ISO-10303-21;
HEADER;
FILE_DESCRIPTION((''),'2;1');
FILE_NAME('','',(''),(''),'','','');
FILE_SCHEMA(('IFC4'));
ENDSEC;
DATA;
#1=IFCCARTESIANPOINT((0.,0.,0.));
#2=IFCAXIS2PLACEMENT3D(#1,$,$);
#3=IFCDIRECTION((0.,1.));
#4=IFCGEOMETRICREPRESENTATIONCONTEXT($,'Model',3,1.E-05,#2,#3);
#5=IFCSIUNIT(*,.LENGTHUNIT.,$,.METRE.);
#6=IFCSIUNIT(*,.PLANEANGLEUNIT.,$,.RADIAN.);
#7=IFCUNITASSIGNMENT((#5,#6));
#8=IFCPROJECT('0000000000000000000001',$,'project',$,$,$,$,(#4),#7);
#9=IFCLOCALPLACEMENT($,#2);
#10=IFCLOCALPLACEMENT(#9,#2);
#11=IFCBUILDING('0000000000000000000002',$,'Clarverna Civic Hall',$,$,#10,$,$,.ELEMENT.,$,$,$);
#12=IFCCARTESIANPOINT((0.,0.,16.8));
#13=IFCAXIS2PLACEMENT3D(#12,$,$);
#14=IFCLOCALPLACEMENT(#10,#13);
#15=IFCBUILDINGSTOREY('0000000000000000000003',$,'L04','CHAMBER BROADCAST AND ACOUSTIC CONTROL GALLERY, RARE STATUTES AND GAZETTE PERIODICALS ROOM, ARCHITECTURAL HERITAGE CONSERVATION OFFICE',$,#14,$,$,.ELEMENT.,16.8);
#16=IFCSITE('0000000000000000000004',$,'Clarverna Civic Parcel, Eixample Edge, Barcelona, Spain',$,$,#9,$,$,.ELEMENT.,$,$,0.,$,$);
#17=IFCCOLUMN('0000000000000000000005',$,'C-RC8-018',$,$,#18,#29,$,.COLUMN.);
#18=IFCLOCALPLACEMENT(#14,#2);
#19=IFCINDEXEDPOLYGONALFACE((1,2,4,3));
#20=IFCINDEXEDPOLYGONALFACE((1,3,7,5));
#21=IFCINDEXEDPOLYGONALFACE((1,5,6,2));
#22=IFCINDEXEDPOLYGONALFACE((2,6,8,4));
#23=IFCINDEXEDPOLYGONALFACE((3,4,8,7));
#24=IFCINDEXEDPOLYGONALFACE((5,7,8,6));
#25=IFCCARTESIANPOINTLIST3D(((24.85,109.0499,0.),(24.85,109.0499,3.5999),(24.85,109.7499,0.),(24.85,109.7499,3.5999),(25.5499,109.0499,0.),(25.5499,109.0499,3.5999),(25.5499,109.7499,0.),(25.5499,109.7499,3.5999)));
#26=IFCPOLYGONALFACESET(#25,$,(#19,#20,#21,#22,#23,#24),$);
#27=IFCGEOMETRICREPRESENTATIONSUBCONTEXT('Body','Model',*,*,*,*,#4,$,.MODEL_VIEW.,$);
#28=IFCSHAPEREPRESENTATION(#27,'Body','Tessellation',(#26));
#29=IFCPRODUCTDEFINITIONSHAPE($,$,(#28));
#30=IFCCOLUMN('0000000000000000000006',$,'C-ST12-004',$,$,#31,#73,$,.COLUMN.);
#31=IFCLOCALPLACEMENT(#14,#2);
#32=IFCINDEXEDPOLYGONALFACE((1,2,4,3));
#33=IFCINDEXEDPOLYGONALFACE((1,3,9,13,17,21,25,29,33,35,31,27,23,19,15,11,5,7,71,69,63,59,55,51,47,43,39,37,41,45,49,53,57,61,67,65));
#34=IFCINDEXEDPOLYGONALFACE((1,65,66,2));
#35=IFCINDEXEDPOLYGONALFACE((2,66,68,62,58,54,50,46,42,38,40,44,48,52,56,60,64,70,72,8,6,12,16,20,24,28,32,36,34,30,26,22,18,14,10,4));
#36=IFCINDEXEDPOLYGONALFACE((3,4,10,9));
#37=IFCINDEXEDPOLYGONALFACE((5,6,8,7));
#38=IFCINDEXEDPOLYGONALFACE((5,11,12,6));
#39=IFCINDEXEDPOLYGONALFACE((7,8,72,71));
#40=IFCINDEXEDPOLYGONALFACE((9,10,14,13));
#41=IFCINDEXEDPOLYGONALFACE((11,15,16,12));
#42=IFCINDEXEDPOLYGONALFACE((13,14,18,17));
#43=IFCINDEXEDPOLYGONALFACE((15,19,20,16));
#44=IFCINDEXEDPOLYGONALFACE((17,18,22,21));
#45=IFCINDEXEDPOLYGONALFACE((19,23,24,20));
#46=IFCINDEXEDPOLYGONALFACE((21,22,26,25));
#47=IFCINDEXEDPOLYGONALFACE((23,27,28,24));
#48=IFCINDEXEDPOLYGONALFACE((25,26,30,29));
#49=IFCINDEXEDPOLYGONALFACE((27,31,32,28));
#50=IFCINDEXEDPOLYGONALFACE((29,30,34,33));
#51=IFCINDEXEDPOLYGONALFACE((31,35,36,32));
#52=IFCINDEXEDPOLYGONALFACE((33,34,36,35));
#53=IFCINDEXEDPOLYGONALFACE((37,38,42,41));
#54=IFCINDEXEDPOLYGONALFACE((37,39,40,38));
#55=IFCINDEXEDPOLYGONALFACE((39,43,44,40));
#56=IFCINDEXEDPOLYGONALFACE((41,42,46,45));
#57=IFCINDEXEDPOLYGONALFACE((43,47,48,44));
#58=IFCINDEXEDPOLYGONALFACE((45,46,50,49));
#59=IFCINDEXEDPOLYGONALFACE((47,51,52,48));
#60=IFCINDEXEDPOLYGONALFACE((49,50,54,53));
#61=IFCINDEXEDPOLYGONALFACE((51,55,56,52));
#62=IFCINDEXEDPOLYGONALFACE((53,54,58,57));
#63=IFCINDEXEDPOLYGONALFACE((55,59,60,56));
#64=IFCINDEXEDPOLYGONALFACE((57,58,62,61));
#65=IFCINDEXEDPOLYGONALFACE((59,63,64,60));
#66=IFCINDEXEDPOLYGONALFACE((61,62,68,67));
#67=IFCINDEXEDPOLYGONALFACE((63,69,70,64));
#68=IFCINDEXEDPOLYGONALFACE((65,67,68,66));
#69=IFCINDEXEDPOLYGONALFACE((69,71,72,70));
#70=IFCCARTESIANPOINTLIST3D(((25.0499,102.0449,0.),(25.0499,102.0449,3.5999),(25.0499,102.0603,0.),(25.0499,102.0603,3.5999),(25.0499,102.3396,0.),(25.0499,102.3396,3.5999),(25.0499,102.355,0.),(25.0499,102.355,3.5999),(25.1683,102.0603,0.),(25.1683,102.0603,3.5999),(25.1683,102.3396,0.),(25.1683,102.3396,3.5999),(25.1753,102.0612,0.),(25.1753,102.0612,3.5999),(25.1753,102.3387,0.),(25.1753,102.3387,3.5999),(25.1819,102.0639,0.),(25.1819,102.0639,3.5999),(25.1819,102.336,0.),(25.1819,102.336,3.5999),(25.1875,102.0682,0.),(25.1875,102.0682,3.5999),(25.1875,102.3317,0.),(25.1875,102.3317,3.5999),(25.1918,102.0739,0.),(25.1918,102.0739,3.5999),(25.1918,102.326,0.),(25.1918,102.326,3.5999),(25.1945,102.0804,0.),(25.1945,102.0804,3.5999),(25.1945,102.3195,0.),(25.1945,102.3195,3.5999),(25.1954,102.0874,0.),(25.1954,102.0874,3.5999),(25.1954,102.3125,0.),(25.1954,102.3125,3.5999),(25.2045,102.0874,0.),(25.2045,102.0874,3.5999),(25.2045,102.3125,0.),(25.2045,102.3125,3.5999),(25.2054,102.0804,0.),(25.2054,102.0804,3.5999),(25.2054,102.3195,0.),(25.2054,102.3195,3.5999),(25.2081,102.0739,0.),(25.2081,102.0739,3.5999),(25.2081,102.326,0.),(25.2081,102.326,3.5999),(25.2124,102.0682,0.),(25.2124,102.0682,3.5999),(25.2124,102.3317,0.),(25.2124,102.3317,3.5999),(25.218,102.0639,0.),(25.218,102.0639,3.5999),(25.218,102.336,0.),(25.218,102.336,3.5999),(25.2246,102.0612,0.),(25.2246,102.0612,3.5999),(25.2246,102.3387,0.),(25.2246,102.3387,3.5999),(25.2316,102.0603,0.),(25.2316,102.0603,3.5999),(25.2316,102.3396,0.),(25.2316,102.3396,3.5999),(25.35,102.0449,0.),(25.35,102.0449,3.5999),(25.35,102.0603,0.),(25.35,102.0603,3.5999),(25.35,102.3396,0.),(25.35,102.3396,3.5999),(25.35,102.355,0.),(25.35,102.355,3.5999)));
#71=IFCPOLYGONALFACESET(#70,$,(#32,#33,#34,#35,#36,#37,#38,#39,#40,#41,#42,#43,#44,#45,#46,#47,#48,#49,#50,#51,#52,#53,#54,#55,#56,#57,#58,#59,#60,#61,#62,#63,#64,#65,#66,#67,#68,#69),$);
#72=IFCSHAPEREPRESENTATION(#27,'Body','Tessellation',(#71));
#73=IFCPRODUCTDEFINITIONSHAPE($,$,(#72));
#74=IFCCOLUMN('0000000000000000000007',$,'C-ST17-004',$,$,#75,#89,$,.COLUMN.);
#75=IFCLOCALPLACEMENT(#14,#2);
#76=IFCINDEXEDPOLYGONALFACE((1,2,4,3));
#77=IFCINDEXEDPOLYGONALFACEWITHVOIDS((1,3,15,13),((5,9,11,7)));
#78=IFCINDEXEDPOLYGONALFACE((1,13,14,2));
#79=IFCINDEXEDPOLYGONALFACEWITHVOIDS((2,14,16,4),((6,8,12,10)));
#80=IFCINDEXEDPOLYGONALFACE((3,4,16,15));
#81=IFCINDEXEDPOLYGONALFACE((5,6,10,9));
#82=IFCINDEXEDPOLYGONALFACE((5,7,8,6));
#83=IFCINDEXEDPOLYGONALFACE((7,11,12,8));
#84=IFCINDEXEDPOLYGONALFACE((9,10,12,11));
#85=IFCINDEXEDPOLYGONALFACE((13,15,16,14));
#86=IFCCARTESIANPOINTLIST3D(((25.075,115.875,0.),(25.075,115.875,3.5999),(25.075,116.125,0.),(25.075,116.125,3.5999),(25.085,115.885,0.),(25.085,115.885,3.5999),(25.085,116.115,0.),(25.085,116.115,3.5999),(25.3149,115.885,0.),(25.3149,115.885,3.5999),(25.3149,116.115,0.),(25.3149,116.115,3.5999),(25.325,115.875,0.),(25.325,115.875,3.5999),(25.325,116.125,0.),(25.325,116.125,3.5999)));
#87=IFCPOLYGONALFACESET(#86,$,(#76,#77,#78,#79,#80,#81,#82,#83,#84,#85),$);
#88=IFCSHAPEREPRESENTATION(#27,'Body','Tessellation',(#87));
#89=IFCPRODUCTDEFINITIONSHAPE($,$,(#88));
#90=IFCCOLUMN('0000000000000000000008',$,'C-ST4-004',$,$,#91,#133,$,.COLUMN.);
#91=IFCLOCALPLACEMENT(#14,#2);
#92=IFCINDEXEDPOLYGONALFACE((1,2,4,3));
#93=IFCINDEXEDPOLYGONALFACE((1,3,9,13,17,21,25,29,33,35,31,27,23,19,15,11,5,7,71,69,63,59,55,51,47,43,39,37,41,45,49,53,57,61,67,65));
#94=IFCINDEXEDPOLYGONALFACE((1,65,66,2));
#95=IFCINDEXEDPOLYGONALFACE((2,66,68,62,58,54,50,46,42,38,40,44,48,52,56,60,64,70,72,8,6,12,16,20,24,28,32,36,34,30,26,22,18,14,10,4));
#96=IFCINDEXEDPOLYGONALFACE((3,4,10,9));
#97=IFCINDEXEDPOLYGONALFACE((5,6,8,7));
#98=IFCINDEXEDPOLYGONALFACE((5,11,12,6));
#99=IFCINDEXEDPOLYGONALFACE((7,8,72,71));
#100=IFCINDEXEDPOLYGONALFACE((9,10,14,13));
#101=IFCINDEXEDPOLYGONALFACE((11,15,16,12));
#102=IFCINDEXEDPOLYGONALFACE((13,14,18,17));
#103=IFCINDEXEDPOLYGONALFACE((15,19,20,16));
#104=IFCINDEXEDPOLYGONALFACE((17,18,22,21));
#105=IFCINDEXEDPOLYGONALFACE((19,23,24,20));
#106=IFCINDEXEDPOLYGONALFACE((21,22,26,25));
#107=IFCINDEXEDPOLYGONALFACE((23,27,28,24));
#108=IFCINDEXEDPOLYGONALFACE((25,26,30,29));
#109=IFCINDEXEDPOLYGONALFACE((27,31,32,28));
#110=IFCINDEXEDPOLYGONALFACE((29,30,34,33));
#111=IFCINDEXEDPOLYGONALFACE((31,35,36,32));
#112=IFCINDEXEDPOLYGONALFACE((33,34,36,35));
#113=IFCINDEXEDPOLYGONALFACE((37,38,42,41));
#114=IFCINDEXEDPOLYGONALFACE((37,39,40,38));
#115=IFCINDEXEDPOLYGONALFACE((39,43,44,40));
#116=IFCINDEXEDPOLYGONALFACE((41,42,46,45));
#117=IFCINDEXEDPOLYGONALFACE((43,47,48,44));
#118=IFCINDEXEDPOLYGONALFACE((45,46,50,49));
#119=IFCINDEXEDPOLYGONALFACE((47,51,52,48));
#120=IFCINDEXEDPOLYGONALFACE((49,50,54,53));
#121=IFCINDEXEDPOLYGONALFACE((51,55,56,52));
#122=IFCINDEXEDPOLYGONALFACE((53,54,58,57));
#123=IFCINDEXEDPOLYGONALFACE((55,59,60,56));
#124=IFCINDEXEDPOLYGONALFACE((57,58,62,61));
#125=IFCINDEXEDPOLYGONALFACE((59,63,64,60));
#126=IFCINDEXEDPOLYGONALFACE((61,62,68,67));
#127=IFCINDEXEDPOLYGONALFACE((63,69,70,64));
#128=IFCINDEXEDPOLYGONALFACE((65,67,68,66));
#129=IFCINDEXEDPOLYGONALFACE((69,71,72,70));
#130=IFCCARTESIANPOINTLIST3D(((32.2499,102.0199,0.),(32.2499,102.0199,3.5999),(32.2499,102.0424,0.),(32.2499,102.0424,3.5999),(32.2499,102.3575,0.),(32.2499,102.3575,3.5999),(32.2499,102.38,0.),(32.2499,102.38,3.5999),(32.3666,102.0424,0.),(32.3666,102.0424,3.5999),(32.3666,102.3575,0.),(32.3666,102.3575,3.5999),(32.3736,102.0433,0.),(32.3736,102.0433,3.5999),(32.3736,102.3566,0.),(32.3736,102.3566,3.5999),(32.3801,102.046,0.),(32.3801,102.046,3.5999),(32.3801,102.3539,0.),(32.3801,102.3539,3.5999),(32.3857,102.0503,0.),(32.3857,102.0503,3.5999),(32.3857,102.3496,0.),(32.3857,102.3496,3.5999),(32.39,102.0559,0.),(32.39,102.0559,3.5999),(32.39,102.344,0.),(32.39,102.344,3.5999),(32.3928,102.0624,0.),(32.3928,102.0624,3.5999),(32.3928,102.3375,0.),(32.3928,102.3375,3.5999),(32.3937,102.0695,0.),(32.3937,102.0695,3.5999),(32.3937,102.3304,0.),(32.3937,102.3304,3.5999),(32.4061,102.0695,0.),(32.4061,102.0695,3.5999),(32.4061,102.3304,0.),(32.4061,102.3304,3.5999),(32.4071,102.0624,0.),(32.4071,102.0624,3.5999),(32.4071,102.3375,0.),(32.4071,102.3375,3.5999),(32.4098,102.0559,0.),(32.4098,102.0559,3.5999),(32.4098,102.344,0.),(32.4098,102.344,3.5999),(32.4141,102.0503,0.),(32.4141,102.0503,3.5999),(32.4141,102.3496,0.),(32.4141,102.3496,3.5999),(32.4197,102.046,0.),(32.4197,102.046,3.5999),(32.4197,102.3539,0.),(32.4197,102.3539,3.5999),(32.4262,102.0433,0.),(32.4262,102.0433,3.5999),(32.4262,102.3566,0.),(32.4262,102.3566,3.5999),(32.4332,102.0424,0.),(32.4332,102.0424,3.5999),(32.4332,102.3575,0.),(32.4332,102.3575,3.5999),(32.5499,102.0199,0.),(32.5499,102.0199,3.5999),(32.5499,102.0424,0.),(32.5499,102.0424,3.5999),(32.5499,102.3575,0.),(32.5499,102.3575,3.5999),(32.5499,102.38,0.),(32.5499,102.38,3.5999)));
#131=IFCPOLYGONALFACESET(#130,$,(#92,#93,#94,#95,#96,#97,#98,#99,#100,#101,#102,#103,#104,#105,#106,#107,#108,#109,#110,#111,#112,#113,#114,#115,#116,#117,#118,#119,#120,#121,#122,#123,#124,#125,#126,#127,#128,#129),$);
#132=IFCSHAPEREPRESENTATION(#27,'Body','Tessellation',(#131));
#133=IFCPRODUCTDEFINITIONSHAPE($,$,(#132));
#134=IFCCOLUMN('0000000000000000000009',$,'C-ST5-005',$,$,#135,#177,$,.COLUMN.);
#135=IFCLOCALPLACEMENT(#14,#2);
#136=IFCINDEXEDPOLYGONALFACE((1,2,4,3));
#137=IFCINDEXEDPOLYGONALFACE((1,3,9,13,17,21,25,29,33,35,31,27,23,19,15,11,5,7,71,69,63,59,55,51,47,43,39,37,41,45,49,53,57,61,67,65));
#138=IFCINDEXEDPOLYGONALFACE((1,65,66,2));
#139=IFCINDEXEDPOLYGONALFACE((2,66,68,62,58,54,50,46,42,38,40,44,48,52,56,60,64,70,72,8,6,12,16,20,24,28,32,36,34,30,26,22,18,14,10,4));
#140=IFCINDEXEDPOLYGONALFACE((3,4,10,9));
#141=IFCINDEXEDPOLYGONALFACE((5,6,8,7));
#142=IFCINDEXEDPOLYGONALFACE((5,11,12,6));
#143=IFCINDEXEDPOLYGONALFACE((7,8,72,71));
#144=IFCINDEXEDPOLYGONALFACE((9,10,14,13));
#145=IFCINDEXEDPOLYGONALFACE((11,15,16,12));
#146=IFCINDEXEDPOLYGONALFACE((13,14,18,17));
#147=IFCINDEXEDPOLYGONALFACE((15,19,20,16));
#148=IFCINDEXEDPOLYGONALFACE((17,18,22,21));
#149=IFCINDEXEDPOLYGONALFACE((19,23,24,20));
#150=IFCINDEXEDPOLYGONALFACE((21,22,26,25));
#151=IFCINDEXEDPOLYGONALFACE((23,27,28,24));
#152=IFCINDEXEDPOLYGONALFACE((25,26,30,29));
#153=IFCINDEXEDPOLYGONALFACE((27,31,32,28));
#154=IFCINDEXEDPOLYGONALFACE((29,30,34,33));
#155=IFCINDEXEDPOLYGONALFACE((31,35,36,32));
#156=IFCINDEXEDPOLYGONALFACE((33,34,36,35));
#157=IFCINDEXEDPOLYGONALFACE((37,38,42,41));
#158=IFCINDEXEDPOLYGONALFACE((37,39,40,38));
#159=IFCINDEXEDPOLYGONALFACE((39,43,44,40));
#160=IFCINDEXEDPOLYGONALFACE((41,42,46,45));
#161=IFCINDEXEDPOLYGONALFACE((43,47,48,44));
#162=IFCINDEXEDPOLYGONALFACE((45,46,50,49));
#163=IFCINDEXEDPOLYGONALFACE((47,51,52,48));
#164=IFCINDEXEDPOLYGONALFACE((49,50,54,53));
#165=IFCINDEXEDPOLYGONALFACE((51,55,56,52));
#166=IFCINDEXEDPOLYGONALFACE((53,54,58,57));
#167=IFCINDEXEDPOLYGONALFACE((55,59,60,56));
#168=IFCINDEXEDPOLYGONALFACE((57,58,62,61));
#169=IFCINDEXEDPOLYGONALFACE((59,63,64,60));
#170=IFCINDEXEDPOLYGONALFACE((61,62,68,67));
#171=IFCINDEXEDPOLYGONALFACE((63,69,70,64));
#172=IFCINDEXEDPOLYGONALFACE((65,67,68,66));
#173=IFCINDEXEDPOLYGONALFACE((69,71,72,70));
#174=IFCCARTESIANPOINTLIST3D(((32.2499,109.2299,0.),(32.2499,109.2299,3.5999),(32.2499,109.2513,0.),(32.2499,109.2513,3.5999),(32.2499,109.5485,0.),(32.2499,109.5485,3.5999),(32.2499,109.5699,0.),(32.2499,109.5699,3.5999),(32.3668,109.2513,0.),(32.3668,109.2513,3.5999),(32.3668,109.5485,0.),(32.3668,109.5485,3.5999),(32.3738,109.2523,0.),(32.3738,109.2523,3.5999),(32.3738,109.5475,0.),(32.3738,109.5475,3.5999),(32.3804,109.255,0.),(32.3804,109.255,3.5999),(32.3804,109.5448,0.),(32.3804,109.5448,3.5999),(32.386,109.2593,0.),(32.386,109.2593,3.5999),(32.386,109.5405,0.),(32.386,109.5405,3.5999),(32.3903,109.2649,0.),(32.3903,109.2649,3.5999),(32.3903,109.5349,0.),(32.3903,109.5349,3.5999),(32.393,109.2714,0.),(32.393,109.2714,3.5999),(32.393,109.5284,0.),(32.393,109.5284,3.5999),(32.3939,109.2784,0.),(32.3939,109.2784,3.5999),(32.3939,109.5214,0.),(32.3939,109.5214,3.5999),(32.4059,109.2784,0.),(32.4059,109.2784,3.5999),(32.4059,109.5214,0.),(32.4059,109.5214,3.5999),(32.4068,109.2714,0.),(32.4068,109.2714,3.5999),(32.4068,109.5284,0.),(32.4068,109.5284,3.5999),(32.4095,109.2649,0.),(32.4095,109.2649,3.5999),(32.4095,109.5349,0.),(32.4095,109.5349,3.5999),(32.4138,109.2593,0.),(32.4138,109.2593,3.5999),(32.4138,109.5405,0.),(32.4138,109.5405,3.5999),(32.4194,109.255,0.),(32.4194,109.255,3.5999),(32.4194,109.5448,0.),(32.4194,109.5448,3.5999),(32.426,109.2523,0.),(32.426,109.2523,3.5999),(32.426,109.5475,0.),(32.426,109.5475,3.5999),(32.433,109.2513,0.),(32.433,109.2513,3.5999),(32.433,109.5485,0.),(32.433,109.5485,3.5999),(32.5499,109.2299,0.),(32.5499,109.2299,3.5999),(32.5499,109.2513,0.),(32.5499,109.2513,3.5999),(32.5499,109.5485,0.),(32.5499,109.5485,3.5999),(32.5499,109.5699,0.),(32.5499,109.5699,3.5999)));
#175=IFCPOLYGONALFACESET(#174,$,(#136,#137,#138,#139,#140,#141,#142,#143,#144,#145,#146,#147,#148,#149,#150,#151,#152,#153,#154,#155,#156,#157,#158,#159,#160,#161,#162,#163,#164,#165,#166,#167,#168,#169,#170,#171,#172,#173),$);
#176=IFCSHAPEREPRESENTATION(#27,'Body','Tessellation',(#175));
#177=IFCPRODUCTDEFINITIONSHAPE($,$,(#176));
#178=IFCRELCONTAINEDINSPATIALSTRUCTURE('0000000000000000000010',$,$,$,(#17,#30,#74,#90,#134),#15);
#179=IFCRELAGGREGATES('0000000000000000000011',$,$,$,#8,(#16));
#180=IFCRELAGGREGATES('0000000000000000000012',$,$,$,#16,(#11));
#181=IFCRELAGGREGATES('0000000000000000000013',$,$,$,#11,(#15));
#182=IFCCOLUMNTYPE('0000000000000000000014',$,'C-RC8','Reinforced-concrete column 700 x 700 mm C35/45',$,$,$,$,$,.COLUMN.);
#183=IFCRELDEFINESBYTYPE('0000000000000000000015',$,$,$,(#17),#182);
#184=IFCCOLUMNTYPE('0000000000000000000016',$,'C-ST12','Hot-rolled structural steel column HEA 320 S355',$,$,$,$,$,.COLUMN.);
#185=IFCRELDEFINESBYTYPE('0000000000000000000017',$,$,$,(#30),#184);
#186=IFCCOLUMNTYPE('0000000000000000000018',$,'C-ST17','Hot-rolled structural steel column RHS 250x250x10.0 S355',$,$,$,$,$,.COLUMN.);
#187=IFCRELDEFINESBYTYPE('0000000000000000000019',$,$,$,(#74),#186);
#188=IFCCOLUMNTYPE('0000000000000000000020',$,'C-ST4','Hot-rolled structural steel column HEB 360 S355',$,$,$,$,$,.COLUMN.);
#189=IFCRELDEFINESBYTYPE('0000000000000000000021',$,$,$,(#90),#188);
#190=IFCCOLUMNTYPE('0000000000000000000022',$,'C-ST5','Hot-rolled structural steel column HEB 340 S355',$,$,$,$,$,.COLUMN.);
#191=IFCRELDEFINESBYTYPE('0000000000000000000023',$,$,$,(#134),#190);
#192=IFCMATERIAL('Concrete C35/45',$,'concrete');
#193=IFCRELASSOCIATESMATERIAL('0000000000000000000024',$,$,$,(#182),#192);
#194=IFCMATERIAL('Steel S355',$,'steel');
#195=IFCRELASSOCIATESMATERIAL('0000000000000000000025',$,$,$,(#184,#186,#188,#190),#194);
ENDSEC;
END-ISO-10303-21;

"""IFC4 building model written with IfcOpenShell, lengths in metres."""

from ifc_helpers import new_model, si_unit, direction, frame, origin, origin_2d, place, context, subcontext, project, spatial, rectangle, hollow_rectangle, i_section, extrude, material, material_profile, profile_set, type_object, element, save


model = new_model("IFC4")

# Units and contexts
model_context = context("Model", 3, precision=1e-05, world=origin(), true_north=direction((0.0, 1.0)))
body_context = subcontext(model_context, "Body", "Model", "MODEL_VIEW")
ifc_project = project(units=[si_unit("LENGTHUNIT", "METRE"), si_unit("PLANEANGLEUNIT", "RADIAN")], contexts=[model_context])

# Site, building, storey
site_placement = place(None, origin())
site = spatial("IfcSite", under=ifc_project, at=site_placement, Name="Clarverna Civic Parcel, Eixample Edge, Barcelona, Spain", CompositionType="ELEMENT", RefElevation=0.0)
building_placement = place(site_placement, origin())
building = spatial("IfcBuilding", under=site, at=building_placement, Name="Clarverna Civic Hall", CompositionType="ELEMENT")
storey_placement = place(building_placement, frame((0.0, 0.0, 16.8)))
storey = spatial("IfcBuildingStorey", under=building, at=storey_placement, Name="L04", Description="CHAMBER BROADCAST AND ACOUSTIC CONTROL GALLERY, RARE STATUTES AND GAZETTE PERIODICALS ROOM, ARCHITECTURAL HERITAGE CONSERVATION OFFICE", CompositionType="ELEMENT", Elevation=16.8)

# Columns
ifc_material_1 = material(Name="Concrete C35/45", Category="concrete")
ifc_material_profile_1 = material_profile(ifc_material_1, rectangle(XDim=0.7, YDim=0.7, at=origin_2d()), Name="RC 700x700")
ifc_profile_set_1 = profile_set([ifc_material_profile_1], Name="Concrete C35/45")
column_type_1 = type_object("IfcColumnType", Name="C-RC8", Description="Reinforced-concrete column 700 x 700 mm C35/45", PredefinedType="COLUMN", material=ifc_profile_set_1)
column_1_placement = place(storey_placement, frame((25.2, 109.3999, 0.0), z_axis=(0.0, 0.0, 1.0), x_axis=(1.0, 0.0, 0.0)))
element("IfcColumn", 1, at=column_1_placement, inside=storey, type_object=column_type_1, Name="C-RC8-018", PredefinedType="COLUMN", context=body_context, shape_type="SweptSolid", body=[
    extrude(rectangle(XDim=0.7, YDim=0.7, at=origin_2d()), origin(), (0.0, 0.0, 1.0), 3.5999),
])
ifc_material_2 = material(Name="Steel S355", Category="steel")
ifc_material_profile_2 = material_profile(ifc_material_2, i_section(OverallWidth=0.3, OverallDepth=0.3101, WebThickness=0.009, FlangeThickness=0.0154, FilletRadius=0.0271, at=origin_2d()), Name="HEA 320")
ifc_profile_set_2 = profile_set([ifc_material_profile_2], Name="Steel S355")
column_type_2 = type_object("IfcColumnType", Name="C-ST12", Description="Hot-rolled structural steel column HEA 320 S355", PredefinedType="COLUMN", material=ifc_profile_set_2)
column_2_placement = place(storey_placement, frame((25.2, 102.2, 0.0), z_axis=(0.0, 0.0, 1.0), x_axis=(1.0, 0.0, 0.0)))
element("IfcColumn", 2, at=column_2_placement, inside=storey, type_object=column_type_2, Name="C-ST12-004", PredefinedType="COLUMN", context=body_context, shape_type="SweptSolid", body=[
    extrude(i_section(OverallWidth=0.3, OverallDepth=0.3101, WebThickness=0.009, FlangeThickness=0.0154, FilletRadius=0.0271, at=origin_2d()), origin(), (0.0, 0.0, 1.0), 3.5999),
])
ifc_material_profile_3 = material_profile(ifc_material_2, hollow_rectangle(XDim=0.25, YDim=0.25, WallThickness=0.01, at=origin_2d()), Name="RHS 250x250x10.0")
ifc_profile_set_3 = profile_set([ifc_material_profile_3], Name="Steel S355")
column_type_3 = type_object("IfcColumnType", Name="C-ST17", Description="Hot-rolled structural steel column RHS 250x250x10.0 S355", PredefinedType="COLUMN", material=ifc_profile_set_3)
column_3_placement = place(storey_placement, frame((25.2, 116.0, 0.0), z_axis=(0.0, 0.0, 1.0), x_axis=(1.0, 0.0, 0.0)))
element("IfcColumn", 3, at=column_3_placement, inside=storey, type_object=column_type_3, Name="C-ST17-004", PredefinedType="COLUMN", context=body_context, shape_type="SweptSolid", body=[
    extrude(hollow_rectangle(XDim=0.25, YDim=0.25, WallThickness=0.01, at=origin_2d()), origin(), (0.0, 0.0, 1.0), 3.5999),
])
ifc_material_profile_4 = material_profile(ifc_material_2, i_section(OverallWidth=0.3, OverallDepth=0.3601, WebThickness=0.0125, FlangeThickness=0.0225, FilletRadius=0.0271, at=origin_2d()), Name="HEB 360")
ifc_profile_set_4 = profile_set([ifc_material_profile_4], Name="Steel S355")
column_type_4 = type_object("IfcColumnType", Name="C-ST4", Description="Hot-rolled structural steel column HEB 360 S355", PredefinedType="COLUMN", material=ifc_profile_set_4)
column_4_placement = place(storey_placement, frame((32.3999, 102.2, 0.0), z_axis=(0.0, 0.0, 1.0), x_axis=(1.0, 0.0, 0.0)))
element("IfcColumn", 4, at=column_4_placement, inside=storey, type_object=column_type_4, Name="C-ST4-004", PredefinedType="COLUMN", context=body_context, shape_type="SweptSolid", body=[
    extrude(i_section(OverallWidth=0.3, OverallDepth=0.3601, WebThickness=0.0125, FlangeThickness=0.0225, FilletRadius=0.0271, at=origin_2d()), origin(), (0.0, 0.0, 1.0), 3.5999),
])
ifc_material_profile_5 = material_profile(ifc_material_2, i_section(OverallWidth=0.3, OverallDepth=0.3401, WebThickness=0.012, FlangeThickness=0.0215, FilletRadius=0.0271, at=origin_2d()), Name="HEB 340")
ifc_profile_set_5 = profile_set([ifc_material_profile_5], Name="Steel S355")
column_type_5 = type_object("IfcColumnType", Name="C-ST5", Description="Hot-rolled structural steel column HEB 340 S355", PredefinedType="COLUMN", material=ifc_profile_set_5)
column_5_placement = place(storey_placement, frame((32.3999, 109.3999, 0.0), z_axis=(0.0, 0.0, 1.0), x_axis=(1.0, 0.0, 0.0)))
element("IfcColumn", 5, at=column_5_placement, inside=storey, type_object=column_type_5, Name="C-ST5-005", PredefinedType="COLUMN", context=body_context, shape_type="SweptSolid", body=[
    extrude(i_section(OverallWidth=0.3, OverallDepth=0.3401, WebThickness=0.012, FlangeThickness=0.0215, FilletRadius=0.0271, at=origin_2d()), origin(), (0.0, 0.0, 1.0), 3.5999),
])

save(model, "model.ifc")
